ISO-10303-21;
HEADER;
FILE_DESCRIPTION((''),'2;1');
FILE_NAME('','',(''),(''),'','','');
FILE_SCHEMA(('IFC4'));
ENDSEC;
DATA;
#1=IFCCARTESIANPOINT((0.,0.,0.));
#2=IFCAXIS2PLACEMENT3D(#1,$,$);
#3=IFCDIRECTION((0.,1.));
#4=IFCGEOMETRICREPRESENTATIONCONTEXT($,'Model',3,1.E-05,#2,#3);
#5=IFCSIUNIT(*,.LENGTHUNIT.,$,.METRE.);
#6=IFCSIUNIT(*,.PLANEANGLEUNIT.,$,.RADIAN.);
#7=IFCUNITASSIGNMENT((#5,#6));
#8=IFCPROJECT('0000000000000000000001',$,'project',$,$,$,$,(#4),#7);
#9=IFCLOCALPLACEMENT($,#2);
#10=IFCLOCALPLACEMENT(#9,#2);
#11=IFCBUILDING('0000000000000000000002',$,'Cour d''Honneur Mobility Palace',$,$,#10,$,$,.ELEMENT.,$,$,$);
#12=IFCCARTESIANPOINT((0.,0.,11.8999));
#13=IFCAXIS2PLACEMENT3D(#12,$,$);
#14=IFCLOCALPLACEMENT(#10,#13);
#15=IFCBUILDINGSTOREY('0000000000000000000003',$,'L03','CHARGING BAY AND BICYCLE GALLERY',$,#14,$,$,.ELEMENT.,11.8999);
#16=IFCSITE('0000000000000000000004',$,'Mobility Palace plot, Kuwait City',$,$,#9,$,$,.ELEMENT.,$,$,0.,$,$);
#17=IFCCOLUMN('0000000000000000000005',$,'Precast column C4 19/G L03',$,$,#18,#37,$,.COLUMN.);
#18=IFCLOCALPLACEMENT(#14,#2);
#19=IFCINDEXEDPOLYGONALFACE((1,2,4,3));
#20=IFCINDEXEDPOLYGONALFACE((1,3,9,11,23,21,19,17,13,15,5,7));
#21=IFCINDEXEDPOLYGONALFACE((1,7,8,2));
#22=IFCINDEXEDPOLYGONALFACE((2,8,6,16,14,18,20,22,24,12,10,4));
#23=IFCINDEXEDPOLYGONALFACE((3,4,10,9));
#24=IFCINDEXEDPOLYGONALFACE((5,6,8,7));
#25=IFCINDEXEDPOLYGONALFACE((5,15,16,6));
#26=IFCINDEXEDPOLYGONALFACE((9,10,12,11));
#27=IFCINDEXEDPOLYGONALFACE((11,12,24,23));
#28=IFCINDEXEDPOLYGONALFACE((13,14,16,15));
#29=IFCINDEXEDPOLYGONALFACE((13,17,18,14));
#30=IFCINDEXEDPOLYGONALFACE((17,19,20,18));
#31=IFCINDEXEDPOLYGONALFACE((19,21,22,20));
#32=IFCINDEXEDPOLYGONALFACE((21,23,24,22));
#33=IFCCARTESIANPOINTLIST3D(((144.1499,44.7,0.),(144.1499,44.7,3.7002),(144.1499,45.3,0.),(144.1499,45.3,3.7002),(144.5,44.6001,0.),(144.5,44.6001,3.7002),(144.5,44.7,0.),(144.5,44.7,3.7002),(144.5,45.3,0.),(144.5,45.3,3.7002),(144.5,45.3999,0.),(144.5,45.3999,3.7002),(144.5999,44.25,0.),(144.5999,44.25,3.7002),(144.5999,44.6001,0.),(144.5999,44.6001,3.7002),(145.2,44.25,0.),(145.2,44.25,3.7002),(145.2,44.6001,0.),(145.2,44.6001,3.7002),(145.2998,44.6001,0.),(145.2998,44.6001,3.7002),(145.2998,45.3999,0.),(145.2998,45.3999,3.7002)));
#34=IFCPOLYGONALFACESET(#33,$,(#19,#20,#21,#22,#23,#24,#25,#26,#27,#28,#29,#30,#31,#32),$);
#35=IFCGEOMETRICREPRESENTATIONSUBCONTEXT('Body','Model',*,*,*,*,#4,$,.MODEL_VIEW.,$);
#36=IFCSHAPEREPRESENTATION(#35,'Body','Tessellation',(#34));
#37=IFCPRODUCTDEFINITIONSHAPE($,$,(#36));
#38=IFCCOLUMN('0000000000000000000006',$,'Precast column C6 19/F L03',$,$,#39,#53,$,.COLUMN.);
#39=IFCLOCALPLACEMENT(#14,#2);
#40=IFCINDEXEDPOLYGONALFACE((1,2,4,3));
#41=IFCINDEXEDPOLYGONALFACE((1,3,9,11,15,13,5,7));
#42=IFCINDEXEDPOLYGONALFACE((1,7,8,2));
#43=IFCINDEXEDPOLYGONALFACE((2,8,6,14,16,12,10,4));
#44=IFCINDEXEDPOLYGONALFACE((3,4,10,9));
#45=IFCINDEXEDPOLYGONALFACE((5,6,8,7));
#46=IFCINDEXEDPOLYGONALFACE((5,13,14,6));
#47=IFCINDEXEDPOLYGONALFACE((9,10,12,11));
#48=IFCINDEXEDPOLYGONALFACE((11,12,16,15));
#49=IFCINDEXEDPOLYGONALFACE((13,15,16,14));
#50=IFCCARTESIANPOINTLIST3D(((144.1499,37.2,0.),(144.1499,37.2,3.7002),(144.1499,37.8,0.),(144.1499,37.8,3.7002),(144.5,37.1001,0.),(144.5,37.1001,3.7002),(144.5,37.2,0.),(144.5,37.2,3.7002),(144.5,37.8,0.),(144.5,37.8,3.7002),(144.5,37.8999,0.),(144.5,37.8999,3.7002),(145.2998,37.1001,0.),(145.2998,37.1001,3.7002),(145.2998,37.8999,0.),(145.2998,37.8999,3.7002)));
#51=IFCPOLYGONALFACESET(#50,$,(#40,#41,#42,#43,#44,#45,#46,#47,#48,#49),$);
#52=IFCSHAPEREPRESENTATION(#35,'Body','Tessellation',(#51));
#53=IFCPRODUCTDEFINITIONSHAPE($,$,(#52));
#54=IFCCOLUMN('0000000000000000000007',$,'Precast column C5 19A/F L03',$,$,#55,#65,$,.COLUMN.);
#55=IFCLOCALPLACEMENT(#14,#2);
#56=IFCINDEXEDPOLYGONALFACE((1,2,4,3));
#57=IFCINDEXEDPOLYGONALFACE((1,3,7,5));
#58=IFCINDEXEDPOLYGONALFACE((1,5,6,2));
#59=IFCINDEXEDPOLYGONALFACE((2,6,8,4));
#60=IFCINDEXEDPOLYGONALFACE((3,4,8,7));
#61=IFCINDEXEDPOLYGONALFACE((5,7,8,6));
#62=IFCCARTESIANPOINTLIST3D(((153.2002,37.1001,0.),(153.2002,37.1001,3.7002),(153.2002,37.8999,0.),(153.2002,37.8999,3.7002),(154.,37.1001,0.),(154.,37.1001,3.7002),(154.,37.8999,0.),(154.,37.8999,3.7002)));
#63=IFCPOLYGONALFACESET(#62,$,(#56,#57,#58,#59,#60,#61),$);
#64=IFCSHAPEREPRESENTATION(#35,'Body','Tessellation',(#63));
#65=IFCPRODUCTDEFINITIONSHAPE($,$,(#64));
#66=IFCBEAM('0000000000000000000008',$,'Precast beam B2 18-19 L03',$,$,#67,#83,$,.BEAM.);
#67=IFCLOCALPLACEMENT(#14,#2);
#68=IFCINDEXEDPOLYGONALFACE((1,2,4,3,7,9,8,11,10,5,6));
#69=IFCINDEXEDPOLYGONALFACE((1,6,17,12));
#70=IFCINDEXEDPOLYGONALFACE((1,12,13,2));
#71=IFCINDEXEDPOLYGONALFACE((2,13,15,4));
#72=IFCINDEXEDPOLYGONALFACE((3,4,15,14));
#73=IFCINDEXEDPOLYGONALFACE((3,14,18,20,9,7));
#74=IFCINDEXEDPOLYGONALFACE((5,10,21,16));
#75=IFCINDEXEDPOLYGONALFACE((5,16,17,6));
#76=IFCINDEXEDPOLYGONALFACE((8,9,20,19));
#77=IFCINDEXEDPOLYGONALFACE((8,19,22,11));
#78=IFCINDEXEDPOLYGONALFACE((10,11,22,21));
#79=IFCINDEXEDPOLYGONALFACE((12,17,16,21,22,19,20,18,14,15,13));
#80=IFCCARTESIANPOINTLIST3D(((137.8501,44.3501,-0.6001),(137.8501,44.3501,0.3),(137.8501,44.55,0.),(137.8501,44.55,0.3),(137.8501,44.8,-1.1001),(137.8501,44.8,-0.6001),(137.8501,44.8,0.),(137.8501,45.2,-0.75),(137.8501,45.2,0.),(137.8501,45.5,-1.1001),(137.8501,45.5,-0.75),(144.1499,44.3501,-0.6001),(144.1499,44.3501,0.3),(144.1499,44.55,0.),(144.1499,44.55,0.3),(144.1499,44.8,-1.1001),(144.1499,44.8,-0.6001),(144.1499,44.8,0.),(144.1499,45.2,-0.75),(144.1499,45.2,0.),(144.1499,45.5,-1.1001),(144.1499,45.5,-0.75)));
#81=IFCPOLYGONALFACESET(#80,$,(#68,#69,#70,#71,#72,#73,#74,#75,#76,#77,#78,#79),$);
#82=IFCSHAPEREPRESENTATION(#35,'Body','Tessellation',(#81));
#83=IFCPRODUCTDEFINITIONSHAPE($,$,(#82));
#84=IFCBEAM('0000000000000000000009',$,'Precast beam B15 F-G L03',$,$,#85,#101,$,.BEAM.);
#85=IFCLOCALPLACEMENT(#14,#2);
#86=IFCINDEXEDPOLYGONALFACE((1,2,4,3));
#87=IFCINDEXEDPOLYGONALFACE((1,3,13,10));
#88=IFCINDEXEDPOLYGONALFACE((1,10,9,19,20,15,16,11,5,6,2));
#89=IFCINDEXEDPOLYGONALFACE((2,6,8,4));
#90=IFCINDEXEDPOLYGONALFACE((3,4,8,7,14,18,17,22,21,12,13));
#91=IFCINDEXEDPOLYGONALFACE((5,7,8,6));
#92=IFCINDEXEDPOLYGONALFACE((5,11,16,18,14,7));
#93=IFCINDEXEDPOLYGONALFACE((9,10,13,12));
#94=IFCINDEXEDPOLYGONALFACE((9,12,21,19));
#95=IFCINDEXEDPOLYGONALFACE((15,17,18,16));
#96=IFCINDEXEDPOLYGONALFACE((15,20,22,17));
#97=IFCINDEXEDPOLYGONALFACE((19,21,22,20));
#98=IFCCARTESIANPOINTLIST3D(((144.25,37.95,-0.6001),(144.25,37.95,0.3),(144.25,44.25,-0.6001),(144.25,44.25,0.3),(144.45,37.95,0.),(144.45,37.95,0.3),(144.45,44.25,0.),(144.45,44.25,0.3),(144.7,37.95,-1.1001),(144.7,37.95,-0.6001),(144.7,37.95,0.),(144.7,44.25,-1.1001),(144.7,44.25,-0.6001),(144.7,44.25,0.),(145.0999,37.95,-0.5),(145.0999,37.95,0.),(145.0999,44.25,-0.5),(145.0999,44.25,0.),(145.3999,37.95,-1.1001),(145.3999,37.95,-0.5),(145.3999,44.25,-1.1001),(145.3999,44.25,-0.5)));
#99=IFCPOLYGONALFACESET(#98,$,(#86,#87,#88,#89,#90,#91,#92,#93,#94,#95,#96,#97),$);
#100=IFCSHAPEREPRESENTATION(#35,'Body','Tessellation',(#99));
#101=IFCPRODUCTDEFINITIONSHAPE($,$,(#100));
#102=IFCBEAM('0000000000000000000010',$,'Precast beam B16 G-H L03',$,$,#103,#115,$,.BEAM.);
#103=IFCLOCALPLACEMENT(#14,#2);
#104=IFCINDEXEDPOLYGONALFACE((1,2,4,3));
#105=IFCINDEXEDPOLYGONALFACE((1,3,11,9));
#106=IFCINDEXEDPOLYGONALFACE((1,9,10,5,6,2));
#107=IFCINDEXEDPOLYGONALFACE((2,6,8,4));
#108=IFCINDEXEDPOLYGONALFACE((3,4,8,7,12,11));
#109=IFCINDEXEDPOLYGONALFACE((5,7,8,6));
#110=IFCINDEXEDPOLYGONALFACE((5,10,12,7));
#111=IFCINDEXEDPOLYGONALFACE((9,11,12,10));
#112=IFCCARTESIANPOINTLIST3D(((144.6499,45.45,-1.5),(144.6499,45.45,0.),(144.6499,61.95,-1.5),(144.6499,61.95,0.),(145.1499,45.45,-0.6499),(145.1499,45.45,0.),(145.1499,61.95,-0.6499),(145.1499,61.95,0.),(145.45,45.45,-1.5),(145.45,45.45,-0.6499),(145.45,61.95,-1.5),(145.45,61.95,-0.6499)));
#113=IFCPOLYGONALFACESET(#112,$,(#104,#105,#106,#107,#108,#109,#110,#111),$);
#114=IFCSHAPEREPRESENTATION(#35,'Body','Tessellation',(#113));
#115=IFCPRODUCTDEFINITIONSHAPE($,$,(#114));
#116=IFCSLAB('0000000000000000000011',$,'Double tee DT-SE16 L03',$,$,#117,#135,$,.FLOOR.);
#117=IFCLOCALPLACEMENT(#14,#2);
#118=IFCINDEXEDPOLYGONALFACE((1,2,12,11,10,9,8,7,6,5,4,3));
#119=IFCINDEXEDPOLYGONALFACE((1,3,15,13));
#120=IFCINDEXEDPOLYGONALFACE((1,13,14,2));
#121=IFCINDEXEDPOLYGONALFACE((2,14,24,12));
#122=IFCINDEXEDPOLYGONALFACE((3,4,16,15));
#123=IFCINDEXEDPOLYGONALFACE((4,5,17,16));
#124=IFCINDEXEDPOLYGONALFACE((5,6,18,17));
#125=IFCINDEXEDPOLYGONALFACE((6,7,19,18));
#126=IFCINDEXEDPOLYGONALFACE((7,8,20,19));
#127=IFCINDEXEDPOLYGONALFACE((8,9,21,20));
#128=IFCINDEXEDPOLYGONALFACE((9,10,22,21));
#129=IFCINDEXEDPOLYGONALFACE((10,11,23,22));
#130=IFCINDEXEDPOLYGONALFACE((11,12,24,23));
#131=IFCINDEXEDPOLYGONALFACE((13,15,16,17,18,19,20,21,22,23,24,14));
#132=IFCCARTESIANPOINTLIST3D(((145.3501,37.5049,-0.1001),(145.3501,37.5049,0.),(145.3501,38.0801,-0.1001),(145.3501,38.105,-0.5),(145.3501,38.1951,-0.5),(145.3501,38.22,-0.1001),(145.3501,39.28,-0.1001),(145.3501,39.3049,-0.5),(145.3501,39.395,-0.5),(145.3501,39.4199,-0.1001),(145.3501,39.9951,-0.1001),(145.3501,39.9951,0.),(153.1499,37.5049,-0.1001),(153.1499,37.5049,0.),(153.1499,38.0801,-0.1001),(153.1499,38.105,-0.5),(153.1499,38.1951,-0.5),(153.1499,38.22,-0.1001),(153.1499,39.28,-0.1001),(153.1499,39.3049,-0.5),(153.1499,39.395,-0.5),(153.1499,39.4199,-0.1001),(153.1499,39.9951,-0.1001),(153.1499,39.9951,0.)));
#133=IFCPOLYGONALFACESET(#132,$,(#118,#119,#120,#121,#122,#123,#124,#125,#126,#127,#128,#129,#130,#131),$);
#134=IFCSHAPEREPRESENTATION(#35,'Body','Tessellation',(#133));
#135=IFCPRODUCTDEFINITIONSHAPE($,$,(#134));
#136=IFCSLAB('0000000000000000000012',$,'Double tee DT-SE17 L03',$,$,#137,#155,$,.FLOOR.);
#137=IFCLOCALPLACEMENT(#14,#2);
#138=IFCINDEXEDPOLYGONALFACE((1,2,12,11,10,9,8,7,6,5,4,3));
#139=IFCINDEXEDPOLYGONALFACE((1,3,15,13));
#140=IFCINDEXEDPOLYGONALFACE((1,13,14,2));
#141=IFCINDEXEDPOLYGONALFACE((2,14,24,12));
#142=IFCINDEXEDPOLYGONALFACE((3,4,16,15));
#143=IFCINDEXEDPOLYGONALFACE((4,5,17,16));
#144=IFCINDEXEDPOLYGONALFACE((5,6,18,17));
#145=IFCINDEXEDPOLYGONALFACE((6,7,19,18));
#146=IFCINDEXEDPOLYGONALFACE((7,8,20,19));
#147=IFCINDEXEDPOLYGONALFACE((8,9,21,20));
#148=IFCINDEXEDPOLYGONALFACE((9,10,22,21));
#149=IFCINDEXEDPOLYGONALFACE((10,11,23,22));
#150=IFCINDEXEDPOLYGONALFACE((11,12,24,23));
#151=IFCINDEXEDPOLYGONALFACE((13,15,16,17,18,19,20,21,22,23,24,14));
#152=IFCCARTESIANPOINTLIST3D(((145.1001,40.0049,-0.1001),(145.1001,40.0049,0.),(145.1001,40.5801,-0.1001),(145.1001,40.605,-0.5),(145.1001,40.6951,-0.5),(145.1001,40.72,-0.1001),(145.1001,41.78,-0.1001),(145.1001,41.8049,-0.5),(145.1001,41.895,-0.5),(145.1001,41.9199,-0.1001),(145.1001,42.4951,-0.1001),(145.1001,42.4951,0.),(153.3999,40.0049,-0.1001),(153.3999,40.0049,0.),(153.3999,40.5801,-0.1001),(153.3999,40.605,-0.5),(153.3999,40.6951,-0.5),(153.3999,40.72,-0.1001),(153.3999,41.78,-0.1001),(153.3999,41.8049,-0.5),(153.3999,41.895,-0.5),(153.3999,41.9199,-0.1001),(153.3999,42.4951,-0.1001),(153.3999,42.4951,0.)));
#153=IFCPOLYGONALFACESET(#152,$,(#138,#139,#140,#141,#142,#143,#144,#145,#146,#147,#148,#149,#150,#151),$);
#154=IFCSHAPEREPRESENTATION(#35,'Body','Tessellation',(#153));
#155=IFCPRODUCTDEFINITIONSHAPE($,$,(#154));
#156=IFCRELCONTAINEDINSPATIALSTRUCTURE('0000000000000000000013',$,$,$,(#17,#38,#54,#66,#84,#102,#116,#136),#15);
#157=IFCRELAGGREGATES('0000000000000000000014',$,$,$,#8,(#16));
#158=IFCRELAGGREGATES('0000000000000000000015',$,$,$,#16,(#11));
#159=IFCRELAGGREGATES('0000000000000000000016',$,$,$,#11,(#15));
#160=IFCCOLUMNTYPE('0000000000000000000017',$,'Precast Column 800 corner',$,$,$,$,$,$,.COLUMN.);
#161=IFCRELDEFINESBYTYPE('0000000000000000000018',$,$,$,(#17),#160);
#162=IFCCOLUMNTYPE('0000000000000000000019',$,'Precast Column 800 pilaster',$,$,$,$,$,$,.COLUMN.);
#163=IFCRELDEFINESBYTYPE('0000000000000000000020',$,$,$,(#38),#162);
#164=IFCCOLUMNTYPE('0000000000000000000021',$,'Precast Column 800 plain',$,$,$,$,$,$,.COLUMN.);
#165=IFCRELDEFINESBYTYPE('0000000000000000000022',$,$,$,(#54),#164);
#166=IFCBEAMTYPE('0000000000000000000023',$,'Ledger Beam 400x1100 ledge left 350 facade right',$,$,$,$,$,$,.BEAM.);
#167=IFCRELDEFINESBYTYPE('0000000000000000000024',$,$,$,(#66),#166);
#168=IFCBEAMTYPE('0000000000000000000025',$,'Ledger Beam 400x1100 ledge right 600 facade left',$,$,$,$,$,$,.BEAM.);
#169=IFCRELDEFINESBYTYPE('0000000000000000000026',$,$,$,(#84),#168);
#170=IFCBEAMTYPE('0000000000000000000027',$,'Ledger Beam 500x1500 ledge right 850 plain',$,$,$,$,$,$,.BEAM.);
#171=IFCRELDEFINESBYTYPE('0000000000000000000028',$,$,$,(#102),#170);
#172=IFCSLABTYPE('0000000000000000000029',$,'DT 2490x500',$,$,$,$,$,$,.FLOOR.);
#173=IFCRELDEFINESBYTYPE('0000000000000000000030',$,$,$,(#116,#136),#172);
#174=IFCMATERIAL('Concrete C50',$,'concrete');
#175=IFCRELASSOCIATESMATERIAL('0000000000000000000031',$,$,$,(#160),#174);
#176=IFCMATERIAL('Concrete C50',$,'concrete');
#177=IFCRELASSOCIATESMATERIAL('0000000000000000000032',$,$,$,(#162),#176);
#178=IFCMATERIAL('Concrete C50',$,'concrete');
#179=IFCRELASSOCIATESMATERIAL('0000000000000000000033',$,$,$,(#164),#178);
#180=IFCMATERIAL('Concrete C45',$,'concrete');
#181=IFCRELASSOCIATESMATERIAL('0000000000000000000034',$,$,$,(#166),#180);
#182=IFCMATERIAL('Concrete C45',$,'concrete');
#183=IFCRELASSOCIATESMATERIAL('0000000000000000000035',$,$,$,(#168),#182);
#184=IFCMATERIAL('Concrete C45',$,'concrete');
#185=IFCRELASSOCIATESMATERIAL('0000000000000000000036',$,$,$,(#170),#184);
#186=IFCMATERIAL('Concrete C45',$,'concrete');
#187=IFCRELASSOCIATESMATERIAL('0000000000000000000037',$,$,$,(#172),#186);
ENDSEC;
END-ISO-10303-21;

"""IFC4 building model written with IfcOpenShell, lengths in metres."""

from ifc_helpers import new_model, si_unit, direction, frame, origin, place, context, subcontext, project, spatial, polyline, outline, extrude, material, material_profile, profile_set, type_object, element, save


model = new_model("IFC4")

# Units and contexts
model_context = context("Model", 3, precision=1e-05, world=origin(), true_north=direction((0.0, 1.0)))
body_context = subcontext(model_context, "Body", "Model", "MODEL_VIEW")
ifc_project = project(units=[si_unit("LENGTHUNIT", "METRE"), si_unit("PLANEANGLEUNIT", "RADIAN")], contexts=[model_context])

# Site, building, storey
site_placement = place(None, origin())
site = spatial("IfcSite", under=ifc_project, at=site_placement, Name="Mobility Palace plot, Kuwait City", CompositionType="ELEMENT", RefElevation=0.0)
building_placement = place(site_placement, origin())
building = spatial("IfcBuilding", under=site, at=building_placement, Name="Cour d'Honneur Mobility Palace", CompositionType="ELEMENT")
storey_placement = place(building_placement, frame((0.0, 0.0, 11.8999)))
storey = spatial("IfcBuildingStorey", under=building, at=storey_placement, Name="L03", Description="CHARGING BAY AND BICYCLE GALLERY", CompositionType="ELEMENT", Elevation=11.8999)

# Columns
ifc_material_1 = material(Name="Concrete C50", Category="concrete")
ifc_material_profile_1 = material_profile(ifc_material_1, outline(polyline([(-0.3999, -0.3999), (0.3999, -0.3999), (0.3999, -0.3), (0.75, -0.3), (0.75, 0.3), (0.3999, 0.3), (0.3999, 0.3999), (0.3, 0.3999), (0.3, 0.75), (-0.3, 0.75), (-0.3, 0.3999), (-0.3999, 0.3999), (-0.3999, -0.3999)])), Name="PC C800 corner")
ifc_profile_set_1 = profile_set([ifc_material_profile_1], Name="Concrete C50")
column_type_1 = type_object("IfcColumnType", Name="Precast Column 800 corner", PredefinedType="COLUMN", material=ifc_profile_set_1)
column_1_placement = place(storey_placement, frame((144.8999, 45.0, 0.0), z_axis=(0.0, 0.0, 1.0), x_axis=(-1.0, 0.0, 0.0)))
element("IfcColumn", 1, at=column_1_placement, inside=storey, type_object=column_type_1, Name="Precast column C4 19/G L03", PredefinedType="COLUMN", context=body_context, shape_type="SweptSolid", body=[
    extrude(outline(polyline([(-0.3999, -0.3999), (0.3999, -0.3999), (0.3999, -0.3), (0.75, -0.3), (0.75, 0.3), (0.3999, 0.3), (0.3999, 0.3999), (0.3, 0.3999), (0.3, 0.75), (-0.3, 0.75), (-0.3, 0.3999), (-0.3999, 0.3999), (-0.3999, -0.3999)])), origin(), (0.0, 0.0, 1.0), 3.7002),
])
ifc_material_2 = material(Name="Concrete C50", Category="concrete")
ifc_material_profile_2 = material_profile(ifc_material_2, outline(polyline([(-0.3999, -0.3999), (0.3999, -0.3999), (0.3999, -0.3), (0.75, -0.3), (0.75, 0.3), (0.3999, 0.3), (0.3999, 0.3999), (-0.3999, 0.3999), (-0.3999, -0.3999)])), Name="PC C800 pilaster")
ifc_profile_set_2 = profile_set([ifc_material_profile_2], Name="Concrete C50")
column_type_2 = type_object("IfcColumnType", Name="Precast Column 800 pilaster", PredefinedType="COLUMN", material=ifc_profile_set_2)
column_2_placement = place(storey_placement, frame((144.8999, 37.5, 0.0), z_axis=(0.0, 0.0, 1.0), x_axis=(-1.0, 0.0, 0.0)))
element("IfcColumn", 2, at=column_2_placement, inside=storey, type_object=column_type_2, Name="Precast column C6 19/F L03", PredefinedType="COLUMN", context=body_context, shape_type="SweptSolid", body=[
    extrude(outline(polyline([(-0.3999, -0.3999), (0.3999, -0.3999), (0.3999, -0.3), (0.75, -0.3), (0.75, 0.3), (0.3999, 0.3), (0.3999, 0.3999), (-0.3999, 0.3999), (-0.3999, -0.3999)])), origin(), (0.0, 0.0, 1.0), 3.7002),
])
ifc_material_3 = material(Name="Concrete C50", Category="concrete")
ifc_material_profile_3 = material_profile(ifc_material_3, outline(polyline([(-0.3999, -0.3999), (0.3999, -0.3999), (0.3999, 0.3999), (-0.3999, 0.3999), (-0.3999, -0.3999)])), Name="PC C800 plain")
ifc_profile_set_3 = profile_set([ifc_material_profile_3], Name="Concrete C50")
column_type_3 = type_object("IfcColumnType", Name="Precast Column 800 plain", PredefinedType="COLUMN", material=ifc_profile_set_3)
column_3_placement = place(storey_placement, frame((153.6001, 37.5, 0.0), z_axis=(0.0, 0.0, 1.0), x_axis=(1.0, 0.0, 0.0)))
element("IfcColumn", 3, at=column_3_placement, inside=storey, type_object=column_type_3, Name="Precast column C5 19A/F L03", PredefinedType="COLUMN", context=body_context, shape_type="SweptSolid", body=[
    extrude(outline(polyline([(-0.3999, -0.3999), (0.3999, -0.3999), (0.3999, 0.3999), (-0.3999, 0.3999), (-0.3999, -0.3999)])), origin(), (0.0, 0.0, 1.0), 3.7002),
])

# Beams
ifc_material_4 = material(Name="Concrete C45", Category="concrete")
ifc_material_profile_4 = material_profile(ifc_material_4, outline(polyline([(0.5, -1.1001), (0.5, -0.75), (0.2, -0.75), (0.2, 0.0), (-0.2, 0.0), (-0.45, 0.0), (-0.45, 0.3), (-0.6499, 0.3), (-0.6499, -0.6001), (-0.2, -0.6001), (-0.2, -1.1001), (0.5, -1.1001)])), Name="Ledger Beam 400x1100 ledge left 350 facade right")
ifc_profile_set_4 = profile_set([ifc_material_profile_4], Name="Concrete C45")
beam_type_1 = type_object("IfcBeamType", Name="Ledger Beam 400x1100 ledge left 350 facade right", PredefinedType="BEAM", material=ifc_profile_set_4)
beam_1_placement = place(storey_placement, frame((137.8501, 45.0, 0.0), z_axis=(1.0, 0.0, 0.0), x_axis=(0.0, 1.0, 0.0)))
element("IfcBeam", 4, at=beam_1_placement, inside=storey, type_object=beam_type_1, Name="Precast beam B2 18-19 L03", PredefinedType="BEAM", context=body_context, shape_type="SweptSolid", body=[
    extrude(outline(polyline([(0.5, -1.1001), (0.5, -0.75), (0.2, -0.75), (0.2, 0.0), (-0.2, 0.0), (-0.45, 0.0), (-0.45, 0.3), (-0.6499, 0.3), (-0.6499, -0.6001), (-0.2, -0.6001), (-0.2, -1.1001), (0.5, -1.1001)])), origin(), (0.0, 0.0, 1.0), 6.2998),
])
ifc_material_5 = material(Name="Concrete C45", Category="concrete")
ifc_material_profile_5 = material_profile(ifc_material_5, outline(polyline([(0.2, -1.1001), (0.2, -0.6001), (0.6499, -0.6001), (0.6499, 0.3), (0.45, 0.3), (0.45, 0.0), (0.2, 0.0), (-0.2, 0.0), (-0.2, -0.5), (-0.5, -0.5), (-0.5, -1.1001), (0.2, -1.1001)])), Name="Ledger Beam 400x1100 ledge right 600 facade left")
ifc_profile_set_5 = profile_set([ifc_material_profile_5], Name="Concrete C45")
beam_type_2 = type_object("IfcBeamType", Name="Ledger Beam 400x1100 ledge right 600 facade left", PredefinedType="BEAM", material=ifc_profile_set_5)
beam_2_placement = place(storey_placement, frame((144.8999, 37.95, 0.0), z_axis=(0.0, 1.0, 0.0), x_axis=(-1.0, 0.0, 0.0)))
element("IfcBeam", 5, at=beam_2_placement, inside=storey, type_object=beam_type_2, Name="Precast beam B15 F-G L03", PredefinedType="BEAM", context=body_context, shape_type="SweptSolid", body=[
    extrude(outline(polyline([(0.2, -1.1001), (0.2, -0.6001), (0.6499, -0.6001), (0.6499, 0.3), (0.45, 0.3), (0.45, 0.0), (0.2, 0.0), (-0.2, 0.0), (-0.2, -0.5), (-0.5, -0.5), (-0.5, -1.1001), (0.2, -1.1001)])), origin(), (0.0, 0.0, 1.0), 6.3),
])
ifc_material_6 = material(Name="Concrete C45", Category="concrete")
ifc_material_profile_6 = material_profile(ifc_material_6, outline(polyline([(0.25, -1.5), (0.25, 0.0), (-0.25, 0.0), (-0.25, -0.6499), (-0.55, -0.6499), (-0.55, -1.5), (0.25, -1.5)])), Name="Ledger Beam 500x1500 ledge right 850 plain")
ifc_profile_set_6 = profile_set([ifc_material_profile_6], Name="Concrete C45")
beam_type_3 = type_object("IfcBeamType", Name="Ledger Beam 500x1500 ledge right 850 plain", PredefinedType="BEAM", material=ifc_profile_set_6)
beam_3_placement = place(storey_placement, frame((144.8999, 45.45, 0.0), z_axis=(0.0, 1.0, 0.0), x_axis=(-1.0, 0.0, 0.0)))
element("IfcBeam", 6, at=beam_3_placement, inside=storey, type_object=beam_type_3, Name="Precast beam B16 G-H L03", PredefinedType="BEAM", context=body_context, shape_type="SweptSolid", body=[
    extrude(outline(polyline([(0.25, -1.5), (0.25, 0.0), (-0.25, 0.0), (-0.25, -0.6499), (-0.55, -0.6499), (-0.55, -1.5), (0.25, -1.5)])), origin(), (0.0, 0.0, 1.0), 16.5),
])

# Slabs
ifc_material_7 = material(Name="Concrete C45", Category="concrete")
ifc_material_profile_7 = material_profile(ifc_material_7, outline(polyline([(-1.2451, 0.0), (1.2451, 0.0), (1.2451, -0.1001), (0.6699, -0.1001), (0.645, -0.5), (0.5549, -0.5), (0.53, -0.1001), (-0.53, -0.1001), (-0.5549, -0.5), (-0.645, -0.5), (-0.6699, -0.1001), (-1.2451, -0.1001), (-1.2451, 0.0)])), Name="DT 2490x500")
ifc_profile_set_7 = profile_set([ifc_material_profile_7], Name="Concrete C45")
slab_type_1 = type_object("IfcSlabType", Name="DT 2490x500", PredefinedType="FLOOR", material=ifc_profile_set_7)
slab_1_placement = place(storey_placement, frame((145.3501, 38.75, 0.0), z_axis=(1.0, 0.0, 0.0), x_axis=(0.0, 1.0, 0.0)))
element("IfcSlab", 7, at=slab_1_placement, inside=storey, type_object=slab_type_1, Name="Double tee DT-SE16 L03", PredefinedType="FLOOR", context=body_context, shape_type="SweptSolid", body=[
    extrude(outline(polyline([(-1.2451, 0.0), (1.2451, 0.0), (1.2451, -0.1001), (0.6699, -0.1001), (0.645, -0.5), (0.5549, -0.5), (0.53, -0.1001), (-0.53, -0.1001), (-0.5549, -0.5), (-0.645, -0.5), (-0.6699, -0.1001), (-1.2451, -0.1001), (-1.2451, 0.0)])), origin(), (0.0, 0.0, 1.0), 7.7998),
])
slab_2_placement = place(storey_placement, frame((145.1001, 41.25, 0.0), z_axis=(1.0, 0.0, 0.0), x_axis=(0.0, 1.0, 0.0)))
element("IfcSlab", 8, at=slab_2_placement, inside=storey, type_object=slab_type_1, Name="Double tee DT-SE17 L03", PredefinedType="FLOOR", context=body_context, shape_type="SweptSolid", body=[
    extrude(outline(polyline([(-1.2451, 0.0), (1.2451, 0.0), (1.2451, -0.1001), (0.6699, -0.1001), (0.645, -0.5), (0.5549, -0.5), (0.53, -0.1001), (-0.53, -0.1001), (-0.5549, -0.5), (-0.645, -0.5), (-0.6699, -0.1001), (-1.2451, -0.1001), (-1.2451, 0.0)])), origin(), (0.0, 0.0, 1.0), 8.2998),
])

save(model, "model.ifc")
